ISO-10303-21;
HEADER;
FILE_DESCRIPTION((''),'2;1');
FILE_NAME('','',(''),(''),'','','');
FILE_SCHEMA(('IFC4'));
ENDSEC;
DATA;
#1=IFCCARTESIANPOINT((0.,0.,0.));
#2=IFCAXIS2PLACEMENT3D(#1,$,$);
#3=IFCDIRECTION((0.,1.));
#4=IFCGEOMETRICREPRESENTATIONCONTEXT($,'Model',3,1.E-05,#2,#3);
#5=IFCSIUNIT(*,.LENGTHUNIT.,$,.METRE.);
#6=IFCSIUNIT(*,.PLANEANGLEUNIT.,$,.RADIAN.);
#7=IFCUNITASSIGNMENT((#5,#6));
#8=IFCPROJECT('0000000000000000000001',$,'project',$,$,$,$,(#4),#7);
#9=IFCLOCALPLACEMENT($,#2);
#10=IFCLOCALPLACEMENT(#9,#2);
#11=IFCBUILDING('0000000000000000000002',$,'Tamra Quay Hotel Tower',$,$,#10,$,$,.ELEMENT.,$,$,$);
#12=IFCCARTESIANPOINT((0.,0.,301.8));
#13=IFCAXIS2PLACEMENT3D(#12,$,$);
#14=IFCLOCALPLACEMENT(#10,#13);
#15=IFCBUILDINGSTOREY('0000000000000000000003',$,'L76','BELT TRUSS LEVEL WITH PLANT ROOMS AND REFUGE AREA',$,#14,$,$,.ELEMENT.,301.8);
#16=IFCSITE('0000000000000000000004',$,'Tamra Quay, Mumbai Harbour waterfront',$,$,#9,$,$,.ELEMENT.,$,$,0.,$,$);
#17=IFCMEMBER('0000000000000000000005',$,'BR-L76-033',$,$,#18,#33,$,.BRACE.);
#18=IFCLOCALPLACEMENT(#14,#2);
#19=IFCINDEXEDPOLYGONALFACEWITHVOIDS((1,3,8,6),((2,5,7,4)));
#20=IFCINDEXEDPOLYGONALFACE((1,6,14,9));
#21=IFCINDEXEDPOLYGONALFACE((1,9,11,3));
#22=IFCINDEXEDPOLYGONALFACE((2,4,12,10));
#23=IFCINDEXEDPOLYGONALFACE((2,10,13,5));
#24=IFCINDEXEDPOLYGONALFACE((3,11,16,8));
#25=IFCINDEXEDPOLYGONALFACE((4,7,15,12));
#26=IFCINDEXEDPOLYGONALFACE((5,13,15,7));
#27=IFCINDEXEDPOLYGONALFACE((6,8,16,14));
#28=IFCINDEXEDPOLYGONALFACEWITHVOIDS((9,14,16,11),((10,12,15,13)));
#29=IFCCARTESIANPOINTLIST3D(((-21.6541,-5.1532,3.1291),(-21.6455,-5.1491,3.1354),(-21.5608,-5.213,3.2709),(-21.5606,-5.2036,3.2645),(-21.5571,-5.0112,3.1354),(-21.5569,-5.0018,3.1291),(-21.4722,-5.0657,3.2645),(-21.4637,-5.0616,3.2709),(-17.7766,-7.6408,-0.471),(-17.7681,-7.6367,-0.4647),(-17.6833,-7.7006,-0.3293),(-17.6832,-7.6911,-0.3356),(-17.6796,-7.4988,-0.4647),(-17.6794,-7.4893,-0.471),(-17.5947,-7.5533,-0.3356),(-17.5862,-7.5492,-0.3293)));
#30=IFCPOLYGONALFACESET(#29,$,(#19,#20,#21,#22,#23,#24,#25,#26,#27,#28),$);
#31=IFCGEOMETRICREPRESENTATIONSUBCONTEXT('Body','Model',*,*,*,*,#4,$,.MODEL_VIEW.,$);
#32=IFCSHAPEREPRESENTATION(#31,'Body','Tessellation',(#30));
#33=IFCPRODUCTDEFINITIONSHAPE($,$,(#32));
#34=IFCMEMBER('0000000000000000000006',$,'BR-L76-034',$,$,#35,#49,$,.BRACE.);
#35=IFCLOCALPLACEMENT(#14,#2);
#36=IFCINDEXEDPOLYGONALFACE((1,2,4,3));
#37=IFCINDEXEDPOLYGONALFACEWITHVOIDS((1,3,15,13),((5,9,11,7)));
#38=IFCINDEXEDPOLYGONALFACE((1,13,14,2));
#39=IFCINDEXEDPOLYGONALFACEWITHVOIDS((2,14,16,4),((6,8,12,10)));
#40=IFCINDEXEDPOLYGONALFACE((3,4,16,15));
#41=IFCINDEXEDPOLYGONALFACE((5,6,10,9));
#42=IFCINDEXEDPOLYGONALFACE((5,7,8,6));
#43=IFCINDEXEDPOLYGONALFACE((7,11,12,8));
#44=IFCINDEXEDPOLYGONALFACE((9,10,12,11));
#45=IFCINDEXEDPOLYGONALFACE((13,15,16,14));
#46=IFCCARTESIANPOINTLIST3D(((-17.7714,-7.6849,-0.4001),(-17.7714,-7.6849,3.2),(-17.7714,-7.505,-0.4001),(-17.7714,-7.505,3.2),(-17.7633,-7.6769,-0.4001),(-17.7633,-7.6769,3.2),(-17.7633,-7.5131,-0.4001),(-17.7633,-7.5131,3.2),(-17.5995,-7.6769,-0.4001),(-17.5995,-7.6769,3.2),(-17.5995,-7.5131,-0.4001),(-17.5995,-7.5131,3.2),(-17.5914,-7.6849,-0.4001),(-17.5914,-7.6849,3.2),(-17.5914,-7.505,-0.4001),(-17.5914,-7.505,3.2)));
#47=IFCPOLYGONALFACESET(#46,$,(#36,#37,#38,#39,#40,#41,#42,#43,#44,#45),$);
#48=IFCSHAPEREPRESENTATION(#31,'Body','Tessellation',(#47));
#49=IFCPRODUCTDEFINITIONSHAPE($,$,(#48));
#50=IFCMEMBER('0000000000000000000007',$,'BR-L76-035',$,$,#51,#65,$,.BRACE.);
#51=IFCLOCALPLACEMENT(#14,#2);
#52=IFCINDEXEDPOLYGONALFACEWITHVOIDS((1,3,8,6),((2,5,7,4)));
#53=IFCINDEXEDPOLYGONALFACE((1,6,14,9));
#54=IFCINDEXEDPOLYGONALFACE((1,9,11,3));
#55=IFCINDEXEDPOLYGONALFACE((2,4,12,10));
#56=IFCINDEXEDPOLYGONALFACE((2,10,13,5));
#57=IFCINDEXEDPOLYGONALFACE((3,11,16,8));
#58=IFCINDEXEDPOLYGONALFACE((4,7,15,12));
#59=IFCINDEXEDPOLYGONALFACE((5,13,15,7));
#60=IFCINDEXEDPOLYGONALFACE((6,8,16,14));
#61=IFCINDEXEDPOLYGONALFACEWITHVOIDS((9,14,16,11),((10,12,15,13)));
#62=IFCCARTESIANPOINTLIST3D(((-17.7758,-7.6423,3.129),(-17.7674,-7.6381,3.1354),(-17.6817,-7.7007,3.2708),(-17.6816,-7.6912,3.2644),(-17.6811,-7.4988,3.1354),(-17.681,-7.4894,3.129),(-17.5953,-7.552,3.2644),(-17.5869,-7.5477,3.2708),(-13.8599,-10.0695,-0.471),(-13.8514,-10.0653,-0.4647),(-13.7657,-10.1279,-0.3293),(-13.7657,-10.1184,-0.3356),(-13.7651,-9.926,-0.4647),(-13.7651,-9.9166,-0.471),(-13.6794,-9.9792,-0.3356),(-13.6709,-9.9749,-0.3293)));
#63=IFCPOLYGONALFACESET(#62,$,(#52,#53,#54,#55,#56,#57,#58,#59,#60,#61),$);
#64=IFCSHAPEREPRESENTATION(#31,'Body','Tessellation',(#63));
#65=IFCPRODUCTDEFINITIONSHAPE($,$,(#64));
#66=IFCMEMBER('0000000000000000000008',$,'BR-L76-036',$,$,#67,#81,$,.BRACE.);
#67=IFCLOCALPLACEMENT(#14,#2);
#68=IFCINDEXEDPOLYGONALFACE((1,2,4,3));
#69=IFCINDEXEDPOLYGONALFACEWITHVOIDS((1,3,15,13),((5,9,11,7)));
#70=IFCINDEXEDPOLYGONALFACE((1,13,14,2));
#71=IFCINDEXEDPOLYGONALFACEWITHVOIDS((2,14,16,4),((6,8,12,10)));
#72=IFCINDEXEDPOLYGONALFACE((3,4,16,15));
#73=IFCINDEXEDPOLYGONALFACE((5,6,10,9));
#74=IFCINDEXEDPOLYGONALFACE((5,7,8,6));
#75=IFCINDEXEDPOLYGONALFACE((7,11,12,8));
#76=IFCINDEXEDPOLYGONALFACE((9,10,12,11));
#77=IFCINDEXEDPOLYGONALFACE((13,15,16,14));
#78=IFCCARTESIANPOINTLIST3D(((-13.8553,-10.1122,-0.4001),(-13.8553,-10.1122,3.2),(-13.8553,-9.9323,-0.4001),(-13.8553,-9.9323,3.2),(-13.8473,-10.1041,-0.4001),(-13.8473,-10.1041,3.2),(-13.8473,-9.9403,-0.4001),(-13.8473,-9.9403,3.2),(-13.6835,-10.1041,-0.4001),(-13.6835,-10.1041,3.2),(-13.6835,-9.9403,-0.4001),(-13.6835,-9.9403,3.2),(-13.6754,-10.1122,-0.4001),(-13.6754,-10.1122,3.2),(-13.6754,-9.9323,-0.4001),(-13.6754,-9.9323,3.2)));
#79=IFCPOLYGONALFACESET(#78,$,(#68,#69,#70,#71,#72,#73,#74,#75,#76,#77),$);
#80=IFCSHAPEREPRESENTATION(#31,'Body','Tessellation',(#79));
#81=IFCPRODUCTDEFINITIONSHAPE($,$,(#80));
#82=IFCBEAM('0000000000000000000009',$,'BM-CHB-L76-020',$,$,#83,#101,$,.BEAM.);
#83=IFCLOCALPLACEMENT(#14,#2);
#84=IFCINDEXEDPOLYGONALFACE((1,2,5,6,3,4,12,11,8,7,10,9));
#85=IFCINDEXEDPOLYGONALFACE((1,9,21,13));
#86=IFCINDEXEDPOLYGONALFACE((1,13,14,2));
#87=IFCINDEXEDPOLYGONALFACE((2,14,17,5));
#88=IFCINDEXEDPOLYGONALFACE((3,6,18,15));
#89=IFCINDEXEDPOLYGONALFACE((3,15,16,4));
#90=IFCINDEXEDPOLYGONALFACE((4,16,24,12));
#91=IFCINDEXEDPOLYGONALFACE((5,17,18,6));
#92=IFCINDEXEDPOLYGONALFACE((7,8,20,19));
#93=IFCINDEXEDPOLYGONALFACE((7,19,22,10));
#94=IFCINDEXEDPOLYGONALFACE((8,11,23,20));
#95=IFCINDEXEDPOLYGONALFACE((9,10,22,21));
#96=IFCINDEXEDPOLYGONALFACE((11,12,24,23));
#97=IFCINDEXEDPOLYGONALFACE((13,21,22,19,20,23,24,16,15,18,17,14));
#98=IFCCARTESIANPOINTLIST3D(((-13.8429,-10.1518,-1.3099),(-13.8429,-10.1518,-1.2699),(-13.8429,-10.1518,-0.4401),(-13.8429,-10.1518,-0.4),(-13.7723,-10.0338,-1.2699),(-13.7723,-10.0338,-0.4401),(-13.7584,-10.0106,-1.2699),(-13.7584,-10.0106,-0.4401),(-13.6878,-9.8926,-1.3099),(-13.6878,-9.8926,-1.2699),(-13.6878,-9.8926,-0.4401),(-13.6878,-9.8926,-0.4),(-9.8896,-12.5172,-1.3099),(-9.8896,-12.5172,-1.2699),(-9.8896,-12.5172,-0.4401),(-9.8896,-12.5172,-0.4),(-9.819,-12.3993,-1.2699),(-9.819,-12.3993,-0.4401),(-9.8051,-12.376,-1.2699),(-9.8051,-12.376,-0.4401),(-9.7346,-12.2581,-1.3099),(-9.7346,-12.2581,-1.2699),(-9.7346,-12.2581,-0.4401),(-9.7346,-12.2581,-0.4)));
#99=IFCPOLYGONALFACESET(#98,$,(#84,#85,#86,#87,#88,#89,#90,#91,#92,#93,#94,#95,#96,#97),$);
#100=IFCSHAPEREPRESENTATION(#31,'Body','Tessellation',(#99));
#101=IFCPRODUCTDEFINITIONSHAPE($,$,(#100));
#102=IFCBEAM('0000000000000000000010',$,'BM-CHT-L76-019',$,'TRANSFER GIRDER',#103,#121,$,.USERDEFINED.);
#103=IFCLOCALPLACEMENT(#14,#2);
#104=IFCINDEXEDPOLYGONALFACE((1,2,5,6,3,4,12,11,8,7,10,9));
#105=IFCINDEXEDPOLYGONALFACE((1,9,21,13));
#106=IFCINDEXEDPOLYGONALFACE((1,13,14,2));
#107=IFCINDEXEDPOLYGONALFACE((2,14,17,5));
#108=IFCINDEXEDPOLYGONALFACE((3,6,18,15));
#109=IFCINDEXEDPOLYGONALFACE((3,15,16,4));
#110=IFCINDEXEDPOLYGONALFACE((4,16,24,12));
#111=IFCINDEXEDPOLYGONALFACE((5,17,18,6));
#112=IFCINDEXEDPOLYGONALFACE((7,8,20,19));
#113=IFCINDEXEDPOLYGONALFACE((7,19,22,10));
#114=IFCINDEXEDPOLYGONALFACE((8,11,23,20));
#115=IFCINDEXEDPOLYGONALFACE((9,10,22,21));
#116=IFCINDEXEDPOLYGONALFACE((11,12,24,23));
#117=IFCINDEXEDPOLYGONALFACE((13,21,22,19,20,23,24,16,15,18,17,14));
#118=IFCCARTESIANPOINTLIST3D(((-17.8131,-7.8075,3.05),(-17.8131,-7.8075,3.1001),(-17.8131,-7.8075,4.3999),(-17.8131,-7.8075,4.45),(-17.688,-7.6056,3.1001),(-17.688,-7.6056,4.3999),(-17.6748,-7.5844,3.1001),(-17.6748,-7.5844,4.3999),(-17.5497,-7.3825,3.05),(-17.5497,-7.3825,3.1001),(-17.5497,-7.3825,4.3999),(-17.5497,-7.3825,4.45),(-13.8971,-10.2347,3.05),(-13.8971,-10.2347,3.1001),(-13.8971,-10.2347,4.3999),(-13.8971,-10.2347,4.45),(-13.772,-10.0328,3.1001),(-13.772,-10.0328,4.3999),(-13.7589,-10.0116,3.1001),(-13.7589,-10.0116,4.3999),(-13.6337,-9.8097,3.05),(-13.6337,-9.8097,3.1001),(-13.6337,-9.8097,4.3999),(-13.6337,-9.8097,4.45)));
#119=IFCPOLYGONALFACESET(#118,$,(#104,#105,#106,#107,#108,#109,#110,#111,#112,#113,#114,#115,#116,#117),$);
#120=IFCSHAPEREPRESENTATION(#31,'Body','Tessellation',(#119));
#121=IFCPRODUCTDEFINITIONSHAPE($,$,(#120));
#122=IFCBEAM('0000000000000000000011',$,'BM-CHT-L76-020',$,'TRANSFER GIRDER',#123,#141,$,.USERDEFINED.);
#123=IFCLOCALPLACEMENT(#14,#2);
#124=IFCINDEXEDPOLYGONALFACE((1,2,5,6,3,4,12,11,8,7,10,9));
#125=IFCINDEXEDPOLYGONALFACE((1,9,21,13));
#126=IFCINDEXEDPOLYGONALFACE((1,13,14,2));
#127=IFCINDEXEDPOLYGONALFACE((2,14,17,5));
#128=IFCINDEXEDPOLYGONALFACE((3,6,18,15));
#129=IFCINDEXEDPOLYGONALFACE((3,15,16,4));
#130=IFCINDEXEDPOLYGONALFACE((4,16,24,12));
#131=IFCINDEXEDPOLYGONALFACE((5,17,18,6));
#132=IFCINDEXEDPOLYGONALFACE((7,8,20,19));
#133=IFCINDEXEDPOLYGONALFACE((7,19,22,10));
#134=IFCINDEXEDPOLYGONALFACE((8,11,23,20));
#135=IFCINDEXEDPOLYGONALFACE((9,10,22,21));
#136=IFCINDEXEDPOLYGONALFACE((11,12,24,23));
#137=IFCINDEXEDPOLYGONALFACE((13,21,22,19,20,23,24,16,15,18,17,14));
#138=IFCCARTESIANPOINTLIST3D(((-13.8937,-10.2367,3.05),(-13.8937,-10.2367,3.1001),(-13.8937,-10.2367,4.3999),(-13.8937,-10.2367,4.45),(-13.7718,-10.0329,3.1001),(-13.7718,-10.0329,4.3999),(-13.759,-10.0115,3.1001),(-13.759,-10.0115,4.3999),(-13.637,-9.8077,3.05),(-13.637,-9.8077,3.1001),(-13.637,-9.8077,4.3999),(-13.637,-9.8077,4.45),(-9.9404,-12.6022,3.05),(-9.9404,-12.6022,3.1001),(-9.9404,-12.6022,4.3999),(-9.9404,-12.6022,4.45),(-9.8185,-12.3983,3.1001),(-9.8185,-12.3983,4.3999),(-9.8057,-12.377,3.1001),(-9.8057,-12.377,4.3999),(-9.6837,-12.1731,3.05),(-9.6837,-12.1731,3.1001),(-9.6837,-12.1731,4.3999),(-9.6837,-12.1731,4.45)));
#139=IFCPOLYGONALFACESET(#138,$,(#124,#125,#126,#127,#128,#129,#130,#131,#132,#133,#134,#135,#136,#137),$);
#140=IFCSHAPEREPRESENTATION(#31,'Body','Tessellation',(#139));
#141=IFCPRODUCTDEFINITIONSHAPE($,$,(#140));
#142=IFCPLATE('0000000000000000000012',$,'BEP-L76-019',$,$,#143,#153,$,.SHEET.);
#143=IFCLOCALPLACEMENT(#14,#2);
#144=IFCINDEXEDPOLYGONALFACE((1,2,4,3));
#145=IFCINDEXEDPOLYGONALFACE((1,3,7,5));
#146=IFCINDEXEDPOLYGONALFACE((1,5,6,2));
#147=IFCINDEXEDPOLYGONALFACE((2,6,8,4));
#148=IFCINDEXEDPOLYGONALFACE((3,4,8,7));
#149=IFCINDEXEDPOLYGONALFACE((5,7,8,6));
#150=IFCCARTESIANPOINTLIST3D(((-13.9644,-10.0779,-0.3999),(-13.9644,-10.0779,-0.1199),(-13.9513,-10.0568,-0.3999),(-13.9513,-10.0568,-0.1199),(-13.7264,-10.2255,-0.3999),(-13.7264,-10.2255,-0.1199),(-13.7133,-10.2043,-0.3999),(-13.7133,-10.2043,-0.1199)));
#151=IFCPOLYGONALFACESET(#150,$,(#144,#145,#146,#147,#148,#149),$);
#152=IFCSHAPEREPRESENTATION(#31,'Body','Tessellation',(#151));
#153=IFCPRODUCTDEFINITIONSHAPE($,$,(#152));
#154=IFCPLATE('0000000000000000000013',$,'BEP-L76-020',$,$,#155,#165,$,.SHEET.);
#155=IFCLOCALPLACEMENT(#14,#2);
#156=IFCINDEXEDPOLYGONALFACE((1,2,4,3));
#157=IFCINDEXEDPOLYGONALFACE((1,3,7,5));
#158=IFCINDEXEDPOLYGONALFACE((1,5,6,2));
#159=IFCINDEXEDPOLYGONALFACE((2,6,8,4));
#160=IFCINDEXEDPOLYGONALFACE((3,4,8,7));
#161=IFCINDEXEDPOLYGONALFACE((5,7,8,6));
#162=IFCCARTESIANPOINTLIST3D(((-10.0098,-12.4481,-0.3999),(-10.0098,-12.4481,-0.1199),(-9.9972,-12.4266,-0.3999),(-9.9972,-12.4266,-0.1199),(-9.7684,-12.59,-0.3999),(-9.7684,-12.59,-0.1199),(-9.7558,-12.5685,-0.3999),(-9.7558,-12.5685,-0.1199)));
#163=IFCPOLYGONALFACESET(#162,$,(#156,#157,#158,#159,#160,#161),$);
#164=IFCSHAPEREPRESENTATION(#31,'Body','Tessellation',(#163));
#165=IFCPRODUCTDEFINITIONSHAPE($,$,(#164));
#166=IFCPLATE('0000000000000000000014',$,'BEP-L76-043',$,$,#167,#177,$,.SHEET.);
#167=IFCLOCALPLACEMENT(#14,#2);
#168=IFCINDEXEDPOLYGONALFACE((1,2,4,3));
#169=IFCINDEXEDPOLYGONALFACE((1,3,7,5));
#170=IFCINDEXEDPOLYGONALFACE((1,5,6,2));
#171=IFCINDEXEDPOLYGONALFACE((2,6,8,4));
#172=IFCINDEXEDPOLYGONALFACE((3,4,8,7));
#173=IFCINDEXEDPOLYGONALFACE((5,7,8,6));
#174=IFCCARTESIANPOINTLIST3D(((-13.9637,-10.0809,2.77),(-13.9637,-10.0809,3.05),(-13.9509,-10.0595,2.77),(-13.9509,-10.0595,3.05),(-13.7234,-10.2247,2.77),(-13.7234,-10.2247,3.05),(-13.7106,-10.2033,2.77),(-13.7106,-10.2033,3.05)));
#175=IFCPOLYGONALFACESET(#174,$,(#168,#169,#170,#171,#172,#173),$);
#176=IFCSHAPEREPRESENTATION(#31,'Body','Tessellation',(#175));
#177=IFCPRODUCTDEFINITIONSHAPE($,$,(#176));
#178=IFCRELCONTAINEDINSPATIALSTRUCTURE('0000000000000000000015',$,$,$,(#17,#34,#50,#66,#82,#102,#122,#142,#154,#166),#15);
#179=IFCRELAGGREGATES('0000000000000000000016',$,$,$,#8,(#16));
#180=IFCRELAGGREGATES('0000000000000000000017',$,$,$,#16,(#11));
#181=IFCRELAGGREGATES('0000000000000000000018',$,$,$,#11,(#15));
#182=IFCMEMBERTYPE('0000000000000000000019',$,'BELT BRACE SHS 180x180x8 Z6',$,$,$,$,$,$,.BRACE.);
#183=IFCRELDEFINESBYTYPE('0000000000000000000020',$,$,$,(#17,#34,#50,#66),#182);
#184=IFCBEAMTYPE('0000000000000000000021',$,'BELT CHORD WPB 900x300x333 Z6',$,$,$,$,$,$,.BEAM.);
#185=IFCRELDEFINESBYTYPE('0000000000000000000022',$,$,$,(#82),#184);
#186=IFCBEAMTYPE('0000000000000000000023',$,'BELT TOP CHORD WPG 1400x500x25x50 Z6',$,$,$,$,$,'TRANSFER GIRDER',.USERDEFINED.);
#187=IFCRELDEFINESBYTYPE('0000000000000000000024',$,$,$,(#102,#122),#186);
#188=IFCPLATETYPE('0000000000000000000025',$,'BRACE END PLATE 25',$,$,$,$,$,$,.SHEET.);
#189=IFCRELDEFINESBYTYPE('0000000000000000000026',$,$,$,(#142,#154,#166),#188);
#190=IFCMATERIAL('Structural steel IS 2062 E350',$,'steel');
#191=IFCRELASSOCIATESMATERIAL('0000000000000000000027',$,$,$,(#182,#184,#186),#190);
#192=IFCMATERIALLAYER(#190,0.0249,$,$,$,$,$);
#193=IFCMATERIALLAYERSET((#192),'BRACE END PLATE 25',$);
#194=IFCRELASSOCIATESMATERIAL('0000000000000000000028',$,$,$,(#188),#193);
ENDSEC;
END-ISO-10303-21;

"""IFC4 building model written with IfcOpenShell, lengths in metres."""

from ifc_helpers import new_model, si_unit, direction, frame, origin, origin_2d, place, context, subcontext, project, spatial, rectangle, hollow_rectangle, i_section, extrude, material, layer, layer_set, material_profile, profile_set, type_object, element, save


model = new_model("IFC4")

# Units and contexts
model_context = context("Model", 3, precision=1e-05, world=origin(), true_north=direction((0.0, 1.0)))
body_context = subcontext(model_context, "Body", "Model", "MODEL_VIEW")
ifc_project = project(units=[si_unit("LENGTHUNIT", "METRE"), si_unit("PLANEANGLEUNIT", "RADIAN")], contexts=[model_context])

# Site, building, storey
site_placement = place(None, origin())
site = spatial("IfcSite", under=ifc_project, at=site_placement, Name="Tamra Quay, Mumbai Harbour waterfront", CompositionType="ELEMENT", RefElevation=0.0)
building_placement = place(site_placement, origin())
building = spatial("IfcBuilding", under=site, at=building_placement, Name="Tamra Quay Hotel Tower", CompositionType="ELEMENT")
storey_placement = place(building_placement, frame((0.0, 0.0, 301.8)))
storey = spatial("IfcBuildingStorey", under=building, at=storey_placement, Name="L76", Description="BELT TRUSS LEVEL WITH PLANT ROOMS AND REFUGE AREA", CompositionType="ELEMENT", Elevation=301.8)

# Members
ifc_material_1 = material(Name="Structural steel IS 2062 E350", Category="steel")
ifc_material_profile_1 = material_profile(ifc_material_1, hollow_rectangle(XDim=0.1799, YDim=0.1799, WallThickness=0.0081, at=origin_2d()), Name="SHS 180x180x8")
ifc_profile_set_1 = profile_set([ifc_material_profile_1], Name="Structural steel IS 2062 E350")
member_type = type_object("IfcMemberType", Name="BELT BRACE SHS 180x180x8 Z6", PredefinedType="BRACE", material=ifc_profile_set_1)
member_1_placement = place(storey_placement, frame((-17.6814, -7.595, -0.4001), z_axis=(-0.663192, 0.425467, 0.615755), x_axis=(-0.539975, -0.841681, 0.0)))
element("IfcMember", 1, at=member_1_placement, inside=storey, type_object=member_type, Name="BR-L76-033", PredefinedType="BRACE", context=body_context, shape_type="SweptSolid", body=[
    extrude(hollow_rectangle(XDim=0.1799, YDim=0.1799, WallThickness=0.0081, at=origin_2d()), origin(), (0.0, 0.0, 1.0), 5.8467),
])
member_2_placement = place(storey_placement, frame((-17.6814, -7.595, -0.4001), z_axis=(0.0, 0.0, 1.0), x_axis=(1.0, 0.0, 0.0)))
element("IfcMember", 2, at=member_2_placement, inside=storey, type_object=member_type, Name="BR-L76-034", PredefinedType="BRACE", context=body_context, shape_type="SweptSolid", body=[
    extrude(hollow_rectangle(XDim=0.1799, YDim=0.1799, WallThickness=0.0081, at=origin_2d()), origin(), (0.0, 0.0, 1.0), 3.6001),
])
member_3_placement = place(storey_placement, frame((-13.7654, -10.0222, -0.4001), z_axis=(-0.669748, 0.415127, 0.615717), x_axis=(-0.526832, -0.849969, 0.0)))
element("IfcMember", 3, at=member_3_placement, inside=storey, type_object=member_type, Name="BR-L76-035", PredefinedType="BRACE", context=body_context, shape_type="SweptSolid", body=[
    extrude(hollow_rectangle(XDim=0.1799, YDim=0.1799, WallThickness=0.0081, at=origin_2d()), origin(), (0.0, 0.0, 1.0), 5.8469),
])
member_4_placement = place(storey_placement, frame((-13.7654, -10.0222, -0.4001), z_axis=(0.0, 0.0, 1.0), x_axis=(1.0, 0.0, 0.0)))
element("IfcMember", 4, at=member_4_placement, inside=storey, type_object=member_type, Name="BR-L76-036", PredefinedType="BRACE", context=body_context, shape_type="SweptSolid", body=[
    extrude(hollow_rectangle(XDim=0.1799, YDim=0.1799, WallThickness=0.0081, at=origin_2d()), origin(), (0.0, 0.0, 1.0), 3.6001),
])

# Beams
ifc_material_profile_2 = material_profile(ifc_material_1, i_section(OverallWidth=0.302, OverallDepth=0.9099, WebThickness=0.0271, FlangeThickness=0.04, at=origin_2d()), Name="WPB 900x300x333")
ifc_profile_set_2 = profile_set([ifc_material_profile_2], Name="Structural steel IS 2062 E350")
beam_type_1 = type_object("IfcBeamType", Name="BELT CHORD WPB 900x300x333 Z6", PredefinedType="BEAM", material=ifc_profile_set_2)
beam_1_placement = place(storey_placement, frame((-13.7654, -10.0222, -0.855), z_axis=(0.858119, -0.513451, 0.0), x_axis=(0.513451, 0.858119, 0.0)))
element("IfcBeam", 5, at=beam_1_placement, inside=storey, type_object=beam_type_1, Name="BM-CHB-L76-020", PredefinedType="BEAM", context=body_context, shape_type="SweptSolid", body=[
    extrude(i_section(OverallWidth=0.302, OverallDepth=0.9099, WebThickness=0.0271, FlangeThickness=0.04, at=origin_2d()), origin(), (0.0, 0.0, 1.0), 4.6069),
])
ifc_material_profile_3 = material_profile(ifc_material_1, i_section(OverallWidth=0.5, OverallDepth=1.3999, WebThickness=0.0249, FlangeThickness=0.05, at=origin_2d()), Name="WPG 1400x500x25x50")
ifc_profile_set_3 = profile_set([ifc_material_profile_3], Name="Structural steel IS 2062 E350")
beam_type_2 = type_object("IfcBeamType", Name="BELT TOP CHORD WPG 1400x500x25x50 Z6", ElementType="TRANSFER GIRDER", PredefinedType="USERDEFINED", material=ifc_profile_set_3)
beam_2_placement = place(storey_placement, frame((-17.6814, -7.595, 3.75), z_axis=(0.849969, -0.526832, 0.0), x_axis=(0.526832, 0.849969, 0.0)))
element("IfcBeam", 6, at=beam_2_placement, inside=storey, type_object=beam_type_2, Name="BM-CHT-L76-019", ObjectType="TRANSFER GIRDER", PredefinedType="USERDEFINED", context=body_context, shape_type="SweptSolid", body=[
    extrude(i_section(OverallWidth=0.5, OverallDepth=1.3999, WebThickness=0.0249, FlangeThickness=0.05, at=origin_2d()), origin(), (0.0, 0.0, 1.0), 4.6072),
])
beam_3_placement = place(storey_placement, frame((-13.7654, -10.0222, 3.75), z_axis=(0.858119, -0.513451, 0.0), x_axis=(0.513451, 0.858119, 0.0)))
element("IfcBeam", 7, at=beam_3_placement, inside=storey, type_object=beam_type_2, Name="BM-CHT-L76-020", ObjectType="TRANSFER GIRDER", PredefinedType="USERDEFINED", context=body_context, shape_type="SweptSolid", body=[
    extrude(i_section(OverallWidth=0.5, OverallDepth=1.3999, WebThickness=0.0249, FlangeThickness=0.05, at=origin_2d()), origin(), (0.0, 0.0, 1.0), 4.6069),
])

# Plates
ifc_layer_1 = layer(ifc_material_1, 0.0249)
ifc_layer_set_1 = layer_set([ifc_layer_1], Name="BRACE END PLATE 25")
plate_type = type_object("IfcPlateType", Name="BRACE END PLATE 25", PredefinedType="SHEET", material=ifc_layer_set_1)
for number, where, z_axis, x_axis, name in (
    (8, (-13.8389, -10.1411, -0.3999), (0.0, 0.0, 1.0), (0.526807, 0.849985, 0.0), "BEP-L76-019"),
    (9, (-9.8828, -12.5083, -0.3999), (0.0, 0.0, 1.0), (0.506753, 0.862091, 0.0), "BEP-L76-020"),
    (10, (-13.8372, -10.1421, 2.77), (0.0, 0.0, 1.0), (0.513477, 0.858103, 0.0), "BEP-L76-043"),
):
    element("IfcPlate", number, at=place(storey_placement, frame(where, z_axis=z_axis, x_axis=x_axis)), inside=storey, type_object=plate_type, Name=name, PredefinedType="SHEET", context=body_context, shape_type="SweptSolid", body=[
        extrude(rectangle(XDim=0.0249, YDim=0.28, at=origin_2d()), origin(), (0.0, 0.0, 1.0), 0.28),
    ])

save(model, "model.ifc")
